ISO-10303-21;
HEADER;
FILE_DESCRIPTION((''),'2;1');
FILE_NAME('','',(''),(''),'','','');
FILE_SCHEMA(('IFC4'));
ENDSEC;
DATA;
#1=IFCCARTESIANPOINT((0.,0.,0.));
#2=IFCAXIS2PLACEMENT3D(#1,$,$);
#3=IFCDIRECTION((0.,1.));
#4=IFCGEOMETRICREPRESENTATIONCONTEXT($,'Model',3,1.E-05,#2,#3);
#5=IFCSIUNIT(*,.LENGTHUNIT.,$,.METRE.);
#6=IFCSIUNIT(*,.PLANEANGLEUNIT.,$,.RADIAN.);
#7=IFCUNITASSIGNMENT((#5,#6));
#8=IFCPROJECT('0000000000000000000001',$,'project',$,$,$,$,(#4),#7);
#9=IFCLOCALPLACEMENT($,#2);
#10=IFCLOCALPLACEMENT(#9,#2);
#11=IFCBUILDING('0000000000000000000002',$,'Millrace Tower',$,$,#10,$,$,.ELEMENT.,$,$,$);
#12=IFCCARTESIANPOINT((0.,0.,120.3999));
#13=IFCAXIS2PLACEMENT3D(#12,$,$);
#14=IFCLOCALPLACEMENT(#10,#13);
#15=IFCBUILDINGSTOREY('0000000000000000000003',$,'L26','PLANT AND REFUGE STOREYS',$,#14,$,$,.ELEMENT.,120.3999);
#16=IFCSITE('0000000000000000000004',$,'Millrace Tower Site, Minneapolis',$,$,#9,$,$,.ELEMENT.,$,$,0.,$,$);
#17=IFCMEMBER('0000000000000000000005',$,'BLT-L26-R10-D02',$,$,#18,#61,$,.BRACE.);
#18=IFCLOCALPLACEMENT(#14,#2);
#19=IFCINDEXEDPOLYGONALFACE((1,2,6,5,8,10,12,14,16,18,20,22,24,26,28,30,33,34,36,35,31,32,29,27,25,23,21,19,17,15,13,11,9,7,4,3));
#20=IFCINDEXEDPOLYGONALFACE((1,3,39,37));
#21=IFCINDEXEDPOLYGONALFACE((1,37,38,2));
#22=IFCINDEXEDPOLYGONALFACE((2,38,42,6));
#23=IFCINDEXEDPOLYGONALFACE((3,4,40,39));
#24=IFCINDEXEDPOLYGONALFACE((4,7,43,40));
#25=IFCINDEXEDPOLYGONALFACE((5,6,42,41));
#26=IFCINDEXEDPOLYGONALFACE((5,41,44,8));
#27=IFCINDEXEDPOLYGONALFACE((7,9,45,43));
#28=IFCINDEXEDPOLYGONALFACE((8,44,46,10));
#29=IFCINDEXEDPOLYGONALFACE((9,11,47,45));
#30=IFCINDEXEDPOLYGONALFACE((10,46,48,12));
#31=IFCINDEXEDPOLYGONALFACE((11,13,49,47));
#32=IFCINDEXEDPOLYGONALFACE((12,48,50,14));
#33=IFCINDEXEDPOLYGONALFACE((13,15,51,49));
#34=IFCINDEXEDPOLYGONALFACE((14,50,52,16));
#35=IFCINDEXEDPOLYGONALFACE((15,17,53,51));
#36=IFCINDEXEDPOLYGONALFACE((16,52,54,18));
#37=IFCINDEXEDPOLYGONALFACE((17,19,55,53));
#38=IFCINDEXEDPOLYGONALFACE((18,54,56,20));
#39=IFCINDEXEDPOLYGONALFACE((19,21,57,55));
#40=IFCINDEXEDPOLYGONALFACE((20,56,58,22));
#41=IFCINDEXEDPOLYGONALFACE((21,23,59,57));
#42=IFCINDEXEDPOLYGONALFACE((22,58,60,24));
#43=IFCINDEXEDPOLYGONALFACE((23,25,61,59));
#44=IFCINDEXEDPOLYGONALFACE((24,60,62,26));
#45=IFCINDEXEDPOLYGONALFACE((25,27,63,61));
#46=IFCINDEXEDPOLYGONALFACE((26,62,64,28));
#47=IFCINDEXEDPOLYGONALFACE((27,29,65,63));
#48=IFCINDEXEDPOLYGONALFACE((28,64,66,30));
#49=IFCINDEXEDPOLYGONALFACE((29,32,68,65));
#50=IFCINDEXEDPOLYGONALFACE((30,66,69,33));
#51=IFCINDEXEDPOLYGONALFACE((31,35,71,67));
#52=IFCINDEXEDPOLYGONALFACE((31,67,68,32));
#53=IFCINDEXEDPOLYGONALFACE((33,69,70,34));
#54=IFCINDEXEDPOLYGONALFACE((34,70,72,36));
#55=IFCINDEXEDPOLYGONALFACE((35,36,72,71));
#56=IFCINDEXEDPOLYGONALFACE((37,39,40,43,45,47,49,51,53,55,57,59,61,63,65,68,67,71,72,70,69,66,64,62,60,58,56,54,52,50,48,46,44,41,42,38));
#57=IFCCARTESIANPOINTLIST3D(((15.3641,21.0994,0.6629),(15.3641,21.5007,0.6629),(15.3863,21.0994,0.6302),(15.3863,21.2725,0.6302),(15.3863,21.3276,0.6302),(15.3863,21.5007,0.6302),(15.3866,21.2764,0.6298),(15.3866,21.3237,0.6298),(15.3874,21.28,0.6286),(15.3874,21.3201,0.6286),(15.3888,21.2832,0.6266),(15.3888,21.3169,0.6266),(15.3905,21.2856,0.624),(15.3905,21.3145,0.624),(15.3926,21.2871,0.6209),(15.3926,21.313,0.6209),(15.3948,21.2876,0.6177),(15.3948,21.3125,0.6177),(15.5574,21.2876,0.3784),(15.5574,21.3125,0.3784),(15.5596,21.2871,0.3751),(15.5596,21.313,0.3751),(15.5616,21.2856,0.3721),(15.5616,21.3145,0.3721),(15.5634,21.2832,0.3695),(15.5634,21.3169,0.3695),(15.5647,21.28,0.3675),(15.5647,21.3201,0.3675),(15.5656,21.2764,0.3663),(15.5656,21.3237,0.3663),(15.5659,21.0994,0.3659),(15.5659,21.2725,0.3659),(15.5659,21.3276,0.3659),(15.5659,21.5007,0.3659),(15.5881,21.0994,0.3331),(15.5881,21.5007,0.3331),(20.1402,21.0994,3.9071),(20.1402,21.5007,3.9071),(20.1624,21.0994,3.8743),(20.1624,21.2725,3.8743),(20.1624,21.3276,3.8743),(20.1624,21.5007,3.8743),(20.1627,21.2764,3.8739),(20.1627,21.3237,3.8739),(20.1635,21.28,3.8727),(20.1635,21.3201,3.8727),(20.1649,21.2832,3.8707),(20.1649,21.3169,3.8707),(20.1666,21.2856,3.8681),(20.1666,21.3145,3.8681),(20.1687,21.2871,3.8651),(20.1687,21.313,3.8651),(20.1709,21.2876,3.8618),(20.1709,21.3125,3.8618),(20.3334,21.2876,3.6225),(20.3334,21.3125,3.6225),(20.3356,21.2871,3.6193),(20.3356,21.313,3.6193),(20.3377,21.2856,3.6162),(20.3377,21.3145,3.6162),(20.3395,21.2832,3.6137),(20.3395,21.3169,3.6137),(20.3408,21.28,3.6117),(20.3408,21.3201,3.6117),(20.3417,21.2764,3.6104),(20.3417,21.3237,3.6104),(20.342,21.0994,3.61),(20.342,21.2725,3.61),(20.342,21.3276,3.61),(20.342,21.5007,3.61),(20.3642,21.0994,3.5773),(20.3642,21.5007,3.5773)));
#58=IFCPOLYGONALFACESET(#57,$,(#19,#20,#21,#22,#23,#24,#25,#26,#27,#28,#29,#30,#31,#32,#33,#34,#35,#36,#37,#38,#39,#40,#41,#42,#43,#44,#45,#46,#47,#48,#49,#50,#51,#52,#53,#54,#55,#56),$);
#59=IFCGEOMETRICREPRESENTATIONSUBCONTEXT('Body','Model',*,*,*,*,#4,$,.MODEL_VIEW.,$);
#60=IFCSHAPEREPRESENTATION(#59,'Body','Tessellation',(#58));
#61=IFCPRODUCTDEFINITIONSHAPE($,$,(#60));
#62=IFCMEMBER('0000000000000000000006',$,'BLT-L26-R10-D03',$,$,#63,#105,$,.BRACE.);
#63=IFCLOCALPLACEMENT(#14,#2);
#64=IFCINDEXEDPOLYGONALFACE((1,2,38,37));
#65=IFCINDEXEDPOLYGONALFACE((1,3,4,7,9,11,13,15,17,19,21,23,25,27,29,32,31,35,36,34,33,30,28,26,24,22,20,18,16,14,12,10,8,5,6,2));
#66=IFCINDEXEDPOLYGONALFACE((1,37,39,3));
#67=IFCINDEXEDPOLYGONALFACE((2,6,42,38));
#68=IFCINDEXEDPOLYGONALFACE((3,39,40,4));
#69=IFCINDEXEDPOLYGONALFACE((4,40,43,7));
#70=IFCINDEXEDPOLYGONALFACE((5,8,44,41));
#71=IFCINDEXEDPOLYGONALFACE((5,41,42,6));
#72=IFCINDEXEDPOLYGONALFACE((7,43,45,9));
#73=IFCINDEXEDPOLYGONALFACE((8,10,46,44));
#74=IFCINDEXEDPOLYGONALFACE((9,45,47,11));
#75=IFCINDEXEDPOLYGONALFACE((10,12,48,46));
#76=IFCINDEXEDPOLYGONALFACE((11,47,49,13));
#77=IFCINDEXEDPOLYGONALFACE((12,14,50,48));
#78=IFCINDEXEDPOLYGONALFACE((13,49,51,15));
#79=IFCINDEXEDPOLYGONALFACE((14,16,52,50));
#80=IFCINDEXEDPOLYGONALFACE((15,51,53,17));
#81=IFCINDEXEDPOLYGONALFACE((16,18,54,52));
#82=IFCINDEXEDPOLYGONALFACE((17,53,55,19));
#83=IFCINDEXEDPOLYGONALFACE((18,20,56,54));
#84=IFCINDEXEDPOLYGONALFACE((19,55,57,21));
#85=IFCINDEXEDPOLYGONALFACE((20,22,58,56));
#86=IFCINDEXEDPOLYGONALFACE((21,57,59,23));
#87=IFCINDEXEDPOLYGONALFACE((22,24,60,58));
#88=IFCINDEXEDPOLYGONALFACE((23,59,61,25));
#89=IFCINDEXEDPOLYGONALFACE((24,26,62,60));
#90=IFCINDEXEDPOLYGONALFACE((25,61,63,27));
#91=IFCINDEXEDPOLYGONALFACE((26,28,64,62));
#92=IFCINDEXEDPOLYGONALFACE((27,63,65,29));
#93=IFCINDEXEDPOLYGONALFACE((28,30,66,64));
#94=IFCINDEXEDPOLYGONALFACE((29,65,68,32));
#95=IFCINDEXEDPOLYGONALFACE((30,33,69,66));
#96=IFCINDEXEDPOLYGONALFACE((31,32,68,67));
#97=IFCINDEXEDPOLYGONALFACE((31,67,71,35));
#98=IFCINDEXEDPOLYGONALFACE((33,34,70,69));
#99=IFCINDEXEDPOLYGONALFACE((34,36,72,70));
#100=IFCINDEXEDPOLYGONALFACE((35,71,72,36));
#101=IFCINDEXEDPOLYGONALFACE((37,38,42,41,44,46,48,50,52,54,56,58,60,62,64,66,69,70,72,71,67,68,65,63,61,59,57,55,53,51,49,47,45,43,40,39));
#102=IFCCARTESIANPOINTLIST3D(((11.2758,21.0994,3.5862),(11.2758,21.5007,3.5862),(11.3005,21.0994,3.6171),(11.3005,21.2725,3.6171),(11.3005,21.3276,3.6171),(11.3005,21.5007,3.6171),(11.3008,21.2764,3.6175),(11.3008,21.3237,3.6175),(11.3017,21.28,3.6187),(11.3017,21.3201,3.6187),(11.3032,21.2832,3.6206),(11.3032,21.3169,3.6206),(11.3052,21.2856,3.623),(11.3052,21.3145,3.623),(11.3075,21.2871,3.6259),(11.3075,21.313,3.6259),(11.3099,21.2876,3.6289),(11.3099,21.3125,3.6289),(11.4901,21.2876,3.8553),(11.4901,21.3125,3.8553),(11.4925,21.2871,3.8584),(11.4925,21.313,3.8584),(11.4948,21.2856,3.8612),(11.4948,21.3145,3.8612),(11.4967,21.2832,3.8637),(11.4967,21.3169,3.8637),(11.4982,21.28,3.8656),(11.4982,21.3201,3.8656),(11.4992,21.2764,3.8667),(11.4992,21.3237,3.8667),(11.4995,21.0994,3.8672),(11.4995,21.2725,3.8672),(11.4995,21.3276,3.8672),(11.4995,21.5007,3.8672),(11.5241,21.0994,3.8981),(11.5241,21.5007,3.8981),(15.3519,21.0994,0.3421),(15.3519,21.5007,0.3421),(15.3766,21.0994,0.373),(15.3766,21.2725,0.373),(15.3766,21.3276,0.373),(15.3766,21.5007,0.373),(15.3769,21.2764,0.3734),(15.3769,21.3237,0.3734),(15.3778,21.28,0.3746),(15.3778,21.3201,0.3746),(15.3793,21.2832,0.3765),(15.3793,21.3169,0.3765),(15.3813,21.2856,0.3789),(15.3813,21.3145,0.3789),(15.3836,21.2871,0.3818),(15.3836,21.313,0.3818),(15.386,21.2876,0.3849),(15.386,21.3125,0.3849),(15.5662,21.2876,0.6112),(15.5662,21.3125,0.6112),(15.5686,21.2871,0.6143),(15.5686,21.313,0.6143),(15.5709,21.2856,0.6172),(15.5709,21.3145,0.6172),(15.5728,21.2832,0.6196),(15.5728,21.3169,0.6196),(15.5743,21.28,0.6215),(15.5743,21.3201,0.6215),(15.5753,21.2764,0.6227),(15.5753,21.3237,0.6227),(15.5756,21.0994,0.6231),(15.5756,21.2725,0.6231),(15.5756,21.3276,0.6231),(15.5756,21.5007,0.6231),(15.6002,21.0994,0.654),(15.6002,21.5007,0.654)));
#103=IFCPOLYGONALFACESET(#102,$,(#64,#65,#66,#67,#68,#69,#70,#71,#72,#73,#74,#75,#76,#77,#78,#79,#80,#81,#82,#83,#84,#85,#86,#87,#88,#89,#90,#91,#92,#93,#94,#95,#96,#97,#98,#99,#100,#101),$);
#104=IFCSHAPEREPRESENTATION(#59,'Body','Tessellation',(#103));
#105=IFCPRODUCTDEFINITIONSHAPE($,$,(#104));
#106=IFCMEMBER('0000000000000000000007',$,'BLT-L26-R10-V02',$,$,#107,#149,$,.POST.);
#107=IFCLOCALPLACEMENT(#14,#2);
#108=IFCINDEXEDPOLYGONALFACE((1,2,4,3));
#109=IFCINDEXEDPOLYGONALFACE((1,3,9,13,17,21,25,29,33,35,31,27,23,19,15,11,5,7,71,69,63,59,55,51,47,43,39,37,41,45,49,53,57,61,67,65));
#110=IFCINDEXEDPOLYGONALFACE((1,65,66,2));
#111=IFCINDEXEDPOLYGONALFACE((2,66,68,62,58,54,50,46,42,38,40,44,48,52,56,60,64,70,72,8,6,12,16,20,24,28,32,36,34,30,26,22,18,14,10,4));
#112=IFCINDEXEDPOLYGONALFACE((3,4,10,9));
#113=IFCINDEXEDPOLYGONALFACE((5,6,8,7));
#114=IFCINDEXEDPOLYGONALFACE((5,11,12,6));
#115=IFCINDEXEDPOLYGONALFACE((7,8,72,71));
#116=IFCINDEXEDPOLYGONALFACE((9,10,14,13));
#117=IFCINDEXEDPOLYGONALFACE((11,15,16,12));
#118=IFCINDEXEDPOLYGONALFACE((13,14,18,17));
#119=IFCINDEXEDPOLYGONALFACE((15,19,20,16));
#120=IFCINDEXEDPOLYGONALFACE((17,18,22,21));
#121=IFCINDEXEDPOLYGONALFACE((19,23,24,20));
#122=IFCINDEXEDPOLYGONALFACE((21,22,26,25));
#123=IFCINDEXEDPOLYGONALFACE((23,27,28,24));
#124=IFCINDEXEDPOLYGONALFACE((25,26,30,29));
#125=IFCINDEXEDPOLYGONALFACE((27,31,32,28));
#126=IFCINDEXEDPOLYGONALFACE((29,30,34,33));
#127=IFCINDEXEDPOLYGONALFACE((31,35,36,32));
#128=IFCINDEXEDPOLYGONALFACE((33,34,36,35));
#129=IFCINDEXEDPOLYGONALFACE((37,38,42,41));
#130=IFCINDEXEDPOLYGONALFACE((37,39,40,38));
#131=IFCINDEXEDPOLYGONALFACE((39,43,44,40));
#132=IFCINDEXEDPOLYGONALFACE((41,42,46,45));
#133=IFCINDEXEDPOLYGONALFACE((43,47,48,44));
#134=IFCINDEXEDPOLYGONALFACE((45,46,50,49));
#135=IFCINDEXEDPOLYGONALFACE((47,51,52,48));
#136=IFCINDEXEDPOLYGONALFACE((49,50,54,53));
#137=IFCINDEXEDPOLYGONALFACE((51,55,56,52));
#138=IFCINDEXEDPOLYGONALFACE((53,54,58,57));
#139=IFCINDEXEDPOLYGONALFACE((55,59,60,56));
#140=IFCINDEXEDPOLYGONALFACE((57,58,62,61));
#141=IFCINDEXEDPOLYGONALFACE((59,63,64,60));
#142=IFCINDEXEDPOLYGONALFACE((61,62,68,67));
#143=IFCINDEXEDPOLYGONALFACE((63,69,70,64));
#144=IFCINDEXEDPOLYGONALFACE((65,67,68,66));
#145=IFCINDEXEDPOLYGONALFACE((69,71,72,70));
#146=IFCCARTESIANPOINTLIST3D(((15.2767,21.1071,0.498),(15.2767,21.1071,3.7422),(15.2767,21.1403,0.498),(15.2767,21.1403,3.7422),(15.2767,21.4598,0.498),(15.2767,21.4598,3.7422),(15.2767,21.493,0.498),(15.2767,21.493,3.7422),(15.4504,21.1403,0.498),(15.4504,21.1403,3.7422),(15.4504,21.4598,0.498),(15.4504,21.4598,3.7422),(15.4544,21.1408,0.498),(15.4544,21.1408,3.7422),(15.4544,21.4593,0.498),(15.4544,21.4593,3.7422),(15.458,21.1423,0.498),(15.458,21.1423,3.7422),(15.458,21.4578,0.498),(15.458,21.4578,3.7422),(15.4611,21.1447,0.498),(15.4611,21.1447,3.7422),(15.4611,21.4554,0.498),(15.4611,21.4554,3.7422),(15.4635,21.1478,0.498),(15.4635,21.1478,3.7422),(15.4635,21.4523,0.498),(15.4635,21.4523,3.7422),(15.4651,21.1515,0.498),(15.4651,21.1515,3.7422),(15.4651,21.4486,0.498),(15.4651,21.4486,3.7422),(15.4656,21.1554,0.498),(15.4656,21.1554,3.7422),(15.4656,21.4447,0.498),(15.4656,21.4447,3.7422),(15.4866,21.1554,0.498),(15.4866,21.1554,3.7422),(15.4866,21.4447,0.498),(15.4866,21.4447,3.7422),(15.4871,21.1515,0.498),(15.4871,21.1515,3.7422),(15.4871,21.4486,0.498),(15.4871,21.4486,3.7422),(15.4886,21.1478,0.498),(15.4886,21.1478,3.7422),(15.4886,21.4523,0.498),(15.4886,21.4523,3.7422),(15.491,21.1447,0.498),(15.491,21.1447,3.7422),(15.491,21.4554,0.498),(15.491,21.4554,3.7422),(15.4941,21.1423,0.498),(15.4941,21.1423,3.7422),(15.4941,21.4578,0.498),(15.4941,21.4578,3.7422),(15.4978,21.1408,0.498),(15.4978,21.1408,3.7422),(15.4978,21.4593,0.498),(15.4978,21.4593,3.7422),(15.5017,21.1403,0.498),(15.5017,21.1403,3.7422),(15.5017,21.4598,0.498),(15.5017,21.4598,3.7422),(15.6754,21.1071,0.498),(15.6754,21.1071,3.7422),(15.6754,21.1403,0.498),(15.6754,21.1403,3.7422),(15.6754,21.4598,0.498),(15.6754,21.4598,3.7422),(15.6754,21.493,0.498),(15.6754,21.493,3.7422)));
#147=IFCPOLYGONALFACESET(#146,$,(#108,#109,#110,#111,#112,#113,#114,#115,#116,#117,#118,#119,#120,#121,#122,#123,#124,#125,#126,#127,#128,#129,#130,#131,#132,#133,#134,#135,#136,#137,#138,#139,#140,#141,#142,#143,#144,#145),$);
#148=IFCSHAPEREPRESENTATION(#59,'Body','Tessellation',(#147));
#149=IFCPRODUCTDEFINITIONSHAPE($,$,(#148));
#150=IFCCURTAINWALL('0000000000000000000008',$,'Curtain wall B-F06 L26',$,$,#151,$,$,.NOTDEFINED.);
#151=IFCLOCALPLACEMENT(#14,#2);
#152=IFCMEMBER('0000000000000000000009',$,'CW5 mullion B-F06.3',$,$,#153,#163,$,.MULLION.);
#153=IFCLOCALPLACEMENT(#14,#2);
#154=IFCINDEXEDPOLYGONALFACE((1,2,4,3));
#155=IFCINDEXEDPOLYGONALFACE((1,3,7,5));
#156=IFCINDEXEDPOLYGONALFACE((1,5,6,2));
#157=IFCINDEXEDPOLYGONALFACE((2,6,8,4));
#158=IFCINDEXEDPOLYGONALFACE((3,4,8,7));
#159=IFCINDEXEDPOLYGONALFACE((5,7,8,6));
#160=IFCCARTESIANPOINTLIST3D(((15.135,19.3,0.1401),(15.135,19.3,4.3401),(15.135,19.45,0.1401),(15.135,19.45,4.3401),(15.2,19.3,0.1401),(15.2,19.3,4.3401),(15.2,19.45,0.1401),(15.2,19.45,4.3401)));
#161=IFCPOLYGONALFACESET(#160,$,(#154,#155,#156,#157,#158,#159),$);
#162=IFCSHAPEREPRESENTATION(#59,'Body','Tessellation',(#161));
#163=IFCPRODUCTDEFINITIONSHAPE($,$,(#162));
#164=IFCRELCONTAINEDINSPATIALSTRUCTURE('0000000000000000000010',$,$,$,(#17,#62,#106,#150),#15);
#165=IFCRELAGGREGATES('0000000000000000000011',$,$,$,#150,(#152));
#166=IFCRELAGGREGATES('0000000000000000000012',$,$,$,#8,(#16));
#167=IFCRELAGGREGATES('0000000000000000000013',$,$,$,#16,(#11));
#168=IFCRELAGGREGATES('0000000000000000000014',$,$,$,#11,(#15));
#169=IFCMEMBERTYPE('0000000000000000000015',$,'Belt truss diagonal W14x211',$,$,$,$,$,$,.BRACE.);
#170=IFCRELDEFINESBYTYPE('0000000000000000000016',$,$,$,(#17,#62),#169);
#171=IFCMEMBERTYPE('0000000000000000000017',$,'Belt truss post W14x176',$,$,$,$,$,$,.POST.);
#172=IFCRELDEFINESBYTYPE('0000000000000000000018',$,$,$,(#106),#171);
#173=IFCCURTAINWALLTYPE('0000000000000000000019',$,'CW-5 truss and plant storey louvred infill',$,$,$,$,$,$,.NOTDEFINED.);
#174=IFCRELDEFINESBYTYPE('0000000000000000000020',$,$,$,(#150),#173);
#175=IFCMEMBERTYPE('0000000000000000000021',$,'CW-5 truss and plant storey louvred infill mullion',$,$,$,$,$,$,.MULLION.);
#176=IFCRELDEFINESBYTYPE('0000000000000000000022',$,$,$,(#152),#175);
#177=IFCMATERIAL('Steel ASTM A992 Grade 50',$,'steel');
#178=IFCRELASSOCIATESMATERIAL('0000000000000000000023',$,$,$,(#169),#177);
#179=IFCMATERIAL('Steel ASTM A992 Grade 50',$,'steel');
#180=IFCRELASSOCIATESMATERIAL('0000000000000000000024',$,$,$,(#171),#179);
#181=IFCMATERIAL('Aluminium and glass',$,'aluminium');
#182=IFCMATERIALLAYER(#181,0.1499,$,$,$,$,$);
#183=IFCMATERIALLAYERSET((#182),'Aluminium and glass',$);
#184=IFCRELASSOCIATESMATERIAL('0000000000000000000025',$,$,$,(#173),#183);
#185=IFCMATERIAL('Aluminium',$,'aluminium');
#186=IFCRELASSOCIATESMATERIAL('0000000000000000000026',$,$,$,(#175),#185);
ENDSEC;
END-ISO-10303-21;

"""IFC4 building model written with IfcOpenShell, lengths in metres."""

from ifc_helpers import new_model, si_unit, direction, frame, origin, origin_2d, place, context, subcontext, project, spatial, rectangle, i_section, extrude, material, layer, layer_set, material_profile, profile_set, type_object, element, aggregate, save


model = new_model("IFC4")

# Units and contexts
model_context = context("Model", 3, precision=1e-05, world=origin(), true_north=direction((0.0, 1.0)))
body_context = subcontext(model_context, "Body", "Model", "MODEL_VIEW")
ifc_project = project(units=[si_unit("LENGTHUNIT", "METRE"), si_unit("PLANEANGLEUNIT", "RADIAN")], contexts=[model_context])

# Site, building, storey
site_placement = place(None, origin())
site = spatial("IfcSite", under=ifc_project, at=site_placement, Name="Millrace Tower Site, Minneapolis", CompositionType="ELEMENT", RefElevation=0.0)
building_placement = place(site_placement, origin())
building = spatial("IfcBuilding", under=site, at=building_placement, Name="Millrace Tower", CompositionType="ELEMENT")
storey_placement = place(building_placement, frame((0.0, 0.0, 120.3999)))
storey = spatial("IfcBuildingStorey", under=building, at=storey_placement, Name="L26", Description="PLANT AND REFUGE STOREYS", CompositionType="ELEMENT", Elevation=120.3999)

# Members
ifc_material_1 = material(Name="Steel ASTM A992 Grade 50", Category="steel")
ifc_material_profile_1 = material_profile(ifc_material_1, i_section(OverallWidth=0.4014, OverallDepth=0.3987, WebThickness=0.0249, FlangeThickness=0.0396, FilletRadius=0.0151, at=origin_2d()))
ifc_profile_set_1 = profile_set([ifc_material_profile_1], Name="Steel ASTM A992 Grade 50")
member_type_1 = type_object("IfcMemberType", Name="Belt truss diagonal W14x211", PredefinedType="BRACE", material=ifc_profile_set_1)
member_1_placement = place(storey_placement, frame((15.4761, 21.3, 0.498), z_axis=(0.827218, 0.0, 0.561881), x_axis=(0.0, 1.0, 0.0)))
element("IfcMember", 1, at=member_1_placement, inside=storey, type_object=member_type_1, Name="BLT-L26-R10-D02", PredefinedType="BRACE", context=body_context, shape_type="SweptSolid", body=[
    extrude(i_section(OverallWidth=0.4014, OverallDepth=0.3987, WebThickness=0.0249, FlangeThickness=0.0396, FilletRadius=0.0151, at=origin_2d()), origin(), (0.0, 0.0, 1.0), 5.7737),
])
member_2_placement = place(storey_placement, frame((15.4761, 21.3, 0.498), z_axis=(-0.782439, 0.0, 0.622727), x_axis=(0.0, -1.0, 0.0)))
element("IfcMember", 2, at=member_2_placement, inside=storey, type_object=member_type_1, Name="BLT-L26-R10-D03", PredefinedType="BRACE", context=body_context, shape_type="SweptSolid", body=[
    extrude(i_section(OverallWidth=0.4014, OverallDepth=0.3987, WebThickness=0.0249, FlangeThickness=0.0396, FilletRadius=0.0151, at=origin_2d()), origin(), (0.0, 0.0, 1.0), 5.2095),
])
ifc_material_2 = material(Name="Steel ASTM A992 Grade 50", Category="steel")
ifc_material_profile_2 = material_profile(ifc_material_2, i_section(OverallWidth=0.3987, OverallDepth=0.386, WebThickness=0.021, FlangeThickness=0.0332, FilletRadius=0.0151, at=origin_2d()))
ifc_profile_set_2 = profile_set([ifc_material_profile_2], Name="Steel ASTM A992 Grade 50")
member_type_2 = type_object("IfcMemberType", Name="Belt truss post W14x176", PredefinedType="POST", material=ifc_profile_set_2)
member_3_placement = place(storey_placement, frame((15.4761, 21.3, 0.498), z_axis=(0.0, 0.0, 1.0), x_axis=(1.0, 0.0, 0.0)))
element("IfcMember", 3, at=member_3_placement, inside=storey, type_object=member_type_2, Name="BLT-L26-R10-V02", PredefinedType="POST", context=body_context, shape_type="SweptSolid", body=[
    extrude(i_section(OverallWidth=0.3987, OverallDepth=0.386, WebThickness=0.021, FlangeThickness=0.0332, FilletRadius=0.0151, at=origin_2d()), origin(), (0.0, 0.0, 1.0), 3.2441),
])

# Curtain wall, member
ifc_material_3 = material(Name="Aluminium and glass", Category="aluminium")
ifc_layer_1 = layer(ifc_material_3, 0.1499)
ifc_layer_set_1 = layer_set([ifc_layer_1], Name="Aluminium and glass")
curtain_wall_type = type_object("IfcCurtainWallType", Name="CW-5 truss and plant storey louvred infill", PredefinedType="NOTDEFINED", material=ifc_layer_set_1)
curtain_wall_placement = place(storey_placement, origin())
curtain_wall = element("IfcCurtainWall", 4, at=curtain_wall_placement, inside=storey, type_object=curtain_wall_type, Name="Curtain wall B-F06 L26", PredefinedType="NOTDEFINED")
ifc_material_4 = material(Name="Aluminium", Category="aluminium")
ifc_material_profile_3 = material_profile(ifc_material_4, rectangle(XDim=0.0649, YDim=0.1499, at=origin_2d()))
ifc_profile_set_3 = profile_set([ifc_material_profile_3], Name="Aluminium")
member_type_3 = type_object("IfcMemberType", Name="CW-5 truss and plant storey louvred infill mullion", PredefinedType="MULLION", material=ifc_profile_set_3)
member_4_placement = place(storey_placement, frame((15.1675, 19.375, 0.1401), z_axis=(0.0, 0.0, 1.0), x_axis=(-1.0, 0.0, 0.0)))
member_4 = element("IfcMember", 5, at=member_4_placement, type_object=member_type_3, Name="CW5 mullion B-F06.3", PredefinedType="MULLION", context=body_context, shape_type="SweptSolid", body=[
    extrude(rectangle(XDim=0.0649, YDim=0.1499, at=origin_2d()), origin(), (0.0, 0.0, 1.0), 4.2),
])
aggregate(curtain_wall, [member_4])

save(model, "model.ifc")
